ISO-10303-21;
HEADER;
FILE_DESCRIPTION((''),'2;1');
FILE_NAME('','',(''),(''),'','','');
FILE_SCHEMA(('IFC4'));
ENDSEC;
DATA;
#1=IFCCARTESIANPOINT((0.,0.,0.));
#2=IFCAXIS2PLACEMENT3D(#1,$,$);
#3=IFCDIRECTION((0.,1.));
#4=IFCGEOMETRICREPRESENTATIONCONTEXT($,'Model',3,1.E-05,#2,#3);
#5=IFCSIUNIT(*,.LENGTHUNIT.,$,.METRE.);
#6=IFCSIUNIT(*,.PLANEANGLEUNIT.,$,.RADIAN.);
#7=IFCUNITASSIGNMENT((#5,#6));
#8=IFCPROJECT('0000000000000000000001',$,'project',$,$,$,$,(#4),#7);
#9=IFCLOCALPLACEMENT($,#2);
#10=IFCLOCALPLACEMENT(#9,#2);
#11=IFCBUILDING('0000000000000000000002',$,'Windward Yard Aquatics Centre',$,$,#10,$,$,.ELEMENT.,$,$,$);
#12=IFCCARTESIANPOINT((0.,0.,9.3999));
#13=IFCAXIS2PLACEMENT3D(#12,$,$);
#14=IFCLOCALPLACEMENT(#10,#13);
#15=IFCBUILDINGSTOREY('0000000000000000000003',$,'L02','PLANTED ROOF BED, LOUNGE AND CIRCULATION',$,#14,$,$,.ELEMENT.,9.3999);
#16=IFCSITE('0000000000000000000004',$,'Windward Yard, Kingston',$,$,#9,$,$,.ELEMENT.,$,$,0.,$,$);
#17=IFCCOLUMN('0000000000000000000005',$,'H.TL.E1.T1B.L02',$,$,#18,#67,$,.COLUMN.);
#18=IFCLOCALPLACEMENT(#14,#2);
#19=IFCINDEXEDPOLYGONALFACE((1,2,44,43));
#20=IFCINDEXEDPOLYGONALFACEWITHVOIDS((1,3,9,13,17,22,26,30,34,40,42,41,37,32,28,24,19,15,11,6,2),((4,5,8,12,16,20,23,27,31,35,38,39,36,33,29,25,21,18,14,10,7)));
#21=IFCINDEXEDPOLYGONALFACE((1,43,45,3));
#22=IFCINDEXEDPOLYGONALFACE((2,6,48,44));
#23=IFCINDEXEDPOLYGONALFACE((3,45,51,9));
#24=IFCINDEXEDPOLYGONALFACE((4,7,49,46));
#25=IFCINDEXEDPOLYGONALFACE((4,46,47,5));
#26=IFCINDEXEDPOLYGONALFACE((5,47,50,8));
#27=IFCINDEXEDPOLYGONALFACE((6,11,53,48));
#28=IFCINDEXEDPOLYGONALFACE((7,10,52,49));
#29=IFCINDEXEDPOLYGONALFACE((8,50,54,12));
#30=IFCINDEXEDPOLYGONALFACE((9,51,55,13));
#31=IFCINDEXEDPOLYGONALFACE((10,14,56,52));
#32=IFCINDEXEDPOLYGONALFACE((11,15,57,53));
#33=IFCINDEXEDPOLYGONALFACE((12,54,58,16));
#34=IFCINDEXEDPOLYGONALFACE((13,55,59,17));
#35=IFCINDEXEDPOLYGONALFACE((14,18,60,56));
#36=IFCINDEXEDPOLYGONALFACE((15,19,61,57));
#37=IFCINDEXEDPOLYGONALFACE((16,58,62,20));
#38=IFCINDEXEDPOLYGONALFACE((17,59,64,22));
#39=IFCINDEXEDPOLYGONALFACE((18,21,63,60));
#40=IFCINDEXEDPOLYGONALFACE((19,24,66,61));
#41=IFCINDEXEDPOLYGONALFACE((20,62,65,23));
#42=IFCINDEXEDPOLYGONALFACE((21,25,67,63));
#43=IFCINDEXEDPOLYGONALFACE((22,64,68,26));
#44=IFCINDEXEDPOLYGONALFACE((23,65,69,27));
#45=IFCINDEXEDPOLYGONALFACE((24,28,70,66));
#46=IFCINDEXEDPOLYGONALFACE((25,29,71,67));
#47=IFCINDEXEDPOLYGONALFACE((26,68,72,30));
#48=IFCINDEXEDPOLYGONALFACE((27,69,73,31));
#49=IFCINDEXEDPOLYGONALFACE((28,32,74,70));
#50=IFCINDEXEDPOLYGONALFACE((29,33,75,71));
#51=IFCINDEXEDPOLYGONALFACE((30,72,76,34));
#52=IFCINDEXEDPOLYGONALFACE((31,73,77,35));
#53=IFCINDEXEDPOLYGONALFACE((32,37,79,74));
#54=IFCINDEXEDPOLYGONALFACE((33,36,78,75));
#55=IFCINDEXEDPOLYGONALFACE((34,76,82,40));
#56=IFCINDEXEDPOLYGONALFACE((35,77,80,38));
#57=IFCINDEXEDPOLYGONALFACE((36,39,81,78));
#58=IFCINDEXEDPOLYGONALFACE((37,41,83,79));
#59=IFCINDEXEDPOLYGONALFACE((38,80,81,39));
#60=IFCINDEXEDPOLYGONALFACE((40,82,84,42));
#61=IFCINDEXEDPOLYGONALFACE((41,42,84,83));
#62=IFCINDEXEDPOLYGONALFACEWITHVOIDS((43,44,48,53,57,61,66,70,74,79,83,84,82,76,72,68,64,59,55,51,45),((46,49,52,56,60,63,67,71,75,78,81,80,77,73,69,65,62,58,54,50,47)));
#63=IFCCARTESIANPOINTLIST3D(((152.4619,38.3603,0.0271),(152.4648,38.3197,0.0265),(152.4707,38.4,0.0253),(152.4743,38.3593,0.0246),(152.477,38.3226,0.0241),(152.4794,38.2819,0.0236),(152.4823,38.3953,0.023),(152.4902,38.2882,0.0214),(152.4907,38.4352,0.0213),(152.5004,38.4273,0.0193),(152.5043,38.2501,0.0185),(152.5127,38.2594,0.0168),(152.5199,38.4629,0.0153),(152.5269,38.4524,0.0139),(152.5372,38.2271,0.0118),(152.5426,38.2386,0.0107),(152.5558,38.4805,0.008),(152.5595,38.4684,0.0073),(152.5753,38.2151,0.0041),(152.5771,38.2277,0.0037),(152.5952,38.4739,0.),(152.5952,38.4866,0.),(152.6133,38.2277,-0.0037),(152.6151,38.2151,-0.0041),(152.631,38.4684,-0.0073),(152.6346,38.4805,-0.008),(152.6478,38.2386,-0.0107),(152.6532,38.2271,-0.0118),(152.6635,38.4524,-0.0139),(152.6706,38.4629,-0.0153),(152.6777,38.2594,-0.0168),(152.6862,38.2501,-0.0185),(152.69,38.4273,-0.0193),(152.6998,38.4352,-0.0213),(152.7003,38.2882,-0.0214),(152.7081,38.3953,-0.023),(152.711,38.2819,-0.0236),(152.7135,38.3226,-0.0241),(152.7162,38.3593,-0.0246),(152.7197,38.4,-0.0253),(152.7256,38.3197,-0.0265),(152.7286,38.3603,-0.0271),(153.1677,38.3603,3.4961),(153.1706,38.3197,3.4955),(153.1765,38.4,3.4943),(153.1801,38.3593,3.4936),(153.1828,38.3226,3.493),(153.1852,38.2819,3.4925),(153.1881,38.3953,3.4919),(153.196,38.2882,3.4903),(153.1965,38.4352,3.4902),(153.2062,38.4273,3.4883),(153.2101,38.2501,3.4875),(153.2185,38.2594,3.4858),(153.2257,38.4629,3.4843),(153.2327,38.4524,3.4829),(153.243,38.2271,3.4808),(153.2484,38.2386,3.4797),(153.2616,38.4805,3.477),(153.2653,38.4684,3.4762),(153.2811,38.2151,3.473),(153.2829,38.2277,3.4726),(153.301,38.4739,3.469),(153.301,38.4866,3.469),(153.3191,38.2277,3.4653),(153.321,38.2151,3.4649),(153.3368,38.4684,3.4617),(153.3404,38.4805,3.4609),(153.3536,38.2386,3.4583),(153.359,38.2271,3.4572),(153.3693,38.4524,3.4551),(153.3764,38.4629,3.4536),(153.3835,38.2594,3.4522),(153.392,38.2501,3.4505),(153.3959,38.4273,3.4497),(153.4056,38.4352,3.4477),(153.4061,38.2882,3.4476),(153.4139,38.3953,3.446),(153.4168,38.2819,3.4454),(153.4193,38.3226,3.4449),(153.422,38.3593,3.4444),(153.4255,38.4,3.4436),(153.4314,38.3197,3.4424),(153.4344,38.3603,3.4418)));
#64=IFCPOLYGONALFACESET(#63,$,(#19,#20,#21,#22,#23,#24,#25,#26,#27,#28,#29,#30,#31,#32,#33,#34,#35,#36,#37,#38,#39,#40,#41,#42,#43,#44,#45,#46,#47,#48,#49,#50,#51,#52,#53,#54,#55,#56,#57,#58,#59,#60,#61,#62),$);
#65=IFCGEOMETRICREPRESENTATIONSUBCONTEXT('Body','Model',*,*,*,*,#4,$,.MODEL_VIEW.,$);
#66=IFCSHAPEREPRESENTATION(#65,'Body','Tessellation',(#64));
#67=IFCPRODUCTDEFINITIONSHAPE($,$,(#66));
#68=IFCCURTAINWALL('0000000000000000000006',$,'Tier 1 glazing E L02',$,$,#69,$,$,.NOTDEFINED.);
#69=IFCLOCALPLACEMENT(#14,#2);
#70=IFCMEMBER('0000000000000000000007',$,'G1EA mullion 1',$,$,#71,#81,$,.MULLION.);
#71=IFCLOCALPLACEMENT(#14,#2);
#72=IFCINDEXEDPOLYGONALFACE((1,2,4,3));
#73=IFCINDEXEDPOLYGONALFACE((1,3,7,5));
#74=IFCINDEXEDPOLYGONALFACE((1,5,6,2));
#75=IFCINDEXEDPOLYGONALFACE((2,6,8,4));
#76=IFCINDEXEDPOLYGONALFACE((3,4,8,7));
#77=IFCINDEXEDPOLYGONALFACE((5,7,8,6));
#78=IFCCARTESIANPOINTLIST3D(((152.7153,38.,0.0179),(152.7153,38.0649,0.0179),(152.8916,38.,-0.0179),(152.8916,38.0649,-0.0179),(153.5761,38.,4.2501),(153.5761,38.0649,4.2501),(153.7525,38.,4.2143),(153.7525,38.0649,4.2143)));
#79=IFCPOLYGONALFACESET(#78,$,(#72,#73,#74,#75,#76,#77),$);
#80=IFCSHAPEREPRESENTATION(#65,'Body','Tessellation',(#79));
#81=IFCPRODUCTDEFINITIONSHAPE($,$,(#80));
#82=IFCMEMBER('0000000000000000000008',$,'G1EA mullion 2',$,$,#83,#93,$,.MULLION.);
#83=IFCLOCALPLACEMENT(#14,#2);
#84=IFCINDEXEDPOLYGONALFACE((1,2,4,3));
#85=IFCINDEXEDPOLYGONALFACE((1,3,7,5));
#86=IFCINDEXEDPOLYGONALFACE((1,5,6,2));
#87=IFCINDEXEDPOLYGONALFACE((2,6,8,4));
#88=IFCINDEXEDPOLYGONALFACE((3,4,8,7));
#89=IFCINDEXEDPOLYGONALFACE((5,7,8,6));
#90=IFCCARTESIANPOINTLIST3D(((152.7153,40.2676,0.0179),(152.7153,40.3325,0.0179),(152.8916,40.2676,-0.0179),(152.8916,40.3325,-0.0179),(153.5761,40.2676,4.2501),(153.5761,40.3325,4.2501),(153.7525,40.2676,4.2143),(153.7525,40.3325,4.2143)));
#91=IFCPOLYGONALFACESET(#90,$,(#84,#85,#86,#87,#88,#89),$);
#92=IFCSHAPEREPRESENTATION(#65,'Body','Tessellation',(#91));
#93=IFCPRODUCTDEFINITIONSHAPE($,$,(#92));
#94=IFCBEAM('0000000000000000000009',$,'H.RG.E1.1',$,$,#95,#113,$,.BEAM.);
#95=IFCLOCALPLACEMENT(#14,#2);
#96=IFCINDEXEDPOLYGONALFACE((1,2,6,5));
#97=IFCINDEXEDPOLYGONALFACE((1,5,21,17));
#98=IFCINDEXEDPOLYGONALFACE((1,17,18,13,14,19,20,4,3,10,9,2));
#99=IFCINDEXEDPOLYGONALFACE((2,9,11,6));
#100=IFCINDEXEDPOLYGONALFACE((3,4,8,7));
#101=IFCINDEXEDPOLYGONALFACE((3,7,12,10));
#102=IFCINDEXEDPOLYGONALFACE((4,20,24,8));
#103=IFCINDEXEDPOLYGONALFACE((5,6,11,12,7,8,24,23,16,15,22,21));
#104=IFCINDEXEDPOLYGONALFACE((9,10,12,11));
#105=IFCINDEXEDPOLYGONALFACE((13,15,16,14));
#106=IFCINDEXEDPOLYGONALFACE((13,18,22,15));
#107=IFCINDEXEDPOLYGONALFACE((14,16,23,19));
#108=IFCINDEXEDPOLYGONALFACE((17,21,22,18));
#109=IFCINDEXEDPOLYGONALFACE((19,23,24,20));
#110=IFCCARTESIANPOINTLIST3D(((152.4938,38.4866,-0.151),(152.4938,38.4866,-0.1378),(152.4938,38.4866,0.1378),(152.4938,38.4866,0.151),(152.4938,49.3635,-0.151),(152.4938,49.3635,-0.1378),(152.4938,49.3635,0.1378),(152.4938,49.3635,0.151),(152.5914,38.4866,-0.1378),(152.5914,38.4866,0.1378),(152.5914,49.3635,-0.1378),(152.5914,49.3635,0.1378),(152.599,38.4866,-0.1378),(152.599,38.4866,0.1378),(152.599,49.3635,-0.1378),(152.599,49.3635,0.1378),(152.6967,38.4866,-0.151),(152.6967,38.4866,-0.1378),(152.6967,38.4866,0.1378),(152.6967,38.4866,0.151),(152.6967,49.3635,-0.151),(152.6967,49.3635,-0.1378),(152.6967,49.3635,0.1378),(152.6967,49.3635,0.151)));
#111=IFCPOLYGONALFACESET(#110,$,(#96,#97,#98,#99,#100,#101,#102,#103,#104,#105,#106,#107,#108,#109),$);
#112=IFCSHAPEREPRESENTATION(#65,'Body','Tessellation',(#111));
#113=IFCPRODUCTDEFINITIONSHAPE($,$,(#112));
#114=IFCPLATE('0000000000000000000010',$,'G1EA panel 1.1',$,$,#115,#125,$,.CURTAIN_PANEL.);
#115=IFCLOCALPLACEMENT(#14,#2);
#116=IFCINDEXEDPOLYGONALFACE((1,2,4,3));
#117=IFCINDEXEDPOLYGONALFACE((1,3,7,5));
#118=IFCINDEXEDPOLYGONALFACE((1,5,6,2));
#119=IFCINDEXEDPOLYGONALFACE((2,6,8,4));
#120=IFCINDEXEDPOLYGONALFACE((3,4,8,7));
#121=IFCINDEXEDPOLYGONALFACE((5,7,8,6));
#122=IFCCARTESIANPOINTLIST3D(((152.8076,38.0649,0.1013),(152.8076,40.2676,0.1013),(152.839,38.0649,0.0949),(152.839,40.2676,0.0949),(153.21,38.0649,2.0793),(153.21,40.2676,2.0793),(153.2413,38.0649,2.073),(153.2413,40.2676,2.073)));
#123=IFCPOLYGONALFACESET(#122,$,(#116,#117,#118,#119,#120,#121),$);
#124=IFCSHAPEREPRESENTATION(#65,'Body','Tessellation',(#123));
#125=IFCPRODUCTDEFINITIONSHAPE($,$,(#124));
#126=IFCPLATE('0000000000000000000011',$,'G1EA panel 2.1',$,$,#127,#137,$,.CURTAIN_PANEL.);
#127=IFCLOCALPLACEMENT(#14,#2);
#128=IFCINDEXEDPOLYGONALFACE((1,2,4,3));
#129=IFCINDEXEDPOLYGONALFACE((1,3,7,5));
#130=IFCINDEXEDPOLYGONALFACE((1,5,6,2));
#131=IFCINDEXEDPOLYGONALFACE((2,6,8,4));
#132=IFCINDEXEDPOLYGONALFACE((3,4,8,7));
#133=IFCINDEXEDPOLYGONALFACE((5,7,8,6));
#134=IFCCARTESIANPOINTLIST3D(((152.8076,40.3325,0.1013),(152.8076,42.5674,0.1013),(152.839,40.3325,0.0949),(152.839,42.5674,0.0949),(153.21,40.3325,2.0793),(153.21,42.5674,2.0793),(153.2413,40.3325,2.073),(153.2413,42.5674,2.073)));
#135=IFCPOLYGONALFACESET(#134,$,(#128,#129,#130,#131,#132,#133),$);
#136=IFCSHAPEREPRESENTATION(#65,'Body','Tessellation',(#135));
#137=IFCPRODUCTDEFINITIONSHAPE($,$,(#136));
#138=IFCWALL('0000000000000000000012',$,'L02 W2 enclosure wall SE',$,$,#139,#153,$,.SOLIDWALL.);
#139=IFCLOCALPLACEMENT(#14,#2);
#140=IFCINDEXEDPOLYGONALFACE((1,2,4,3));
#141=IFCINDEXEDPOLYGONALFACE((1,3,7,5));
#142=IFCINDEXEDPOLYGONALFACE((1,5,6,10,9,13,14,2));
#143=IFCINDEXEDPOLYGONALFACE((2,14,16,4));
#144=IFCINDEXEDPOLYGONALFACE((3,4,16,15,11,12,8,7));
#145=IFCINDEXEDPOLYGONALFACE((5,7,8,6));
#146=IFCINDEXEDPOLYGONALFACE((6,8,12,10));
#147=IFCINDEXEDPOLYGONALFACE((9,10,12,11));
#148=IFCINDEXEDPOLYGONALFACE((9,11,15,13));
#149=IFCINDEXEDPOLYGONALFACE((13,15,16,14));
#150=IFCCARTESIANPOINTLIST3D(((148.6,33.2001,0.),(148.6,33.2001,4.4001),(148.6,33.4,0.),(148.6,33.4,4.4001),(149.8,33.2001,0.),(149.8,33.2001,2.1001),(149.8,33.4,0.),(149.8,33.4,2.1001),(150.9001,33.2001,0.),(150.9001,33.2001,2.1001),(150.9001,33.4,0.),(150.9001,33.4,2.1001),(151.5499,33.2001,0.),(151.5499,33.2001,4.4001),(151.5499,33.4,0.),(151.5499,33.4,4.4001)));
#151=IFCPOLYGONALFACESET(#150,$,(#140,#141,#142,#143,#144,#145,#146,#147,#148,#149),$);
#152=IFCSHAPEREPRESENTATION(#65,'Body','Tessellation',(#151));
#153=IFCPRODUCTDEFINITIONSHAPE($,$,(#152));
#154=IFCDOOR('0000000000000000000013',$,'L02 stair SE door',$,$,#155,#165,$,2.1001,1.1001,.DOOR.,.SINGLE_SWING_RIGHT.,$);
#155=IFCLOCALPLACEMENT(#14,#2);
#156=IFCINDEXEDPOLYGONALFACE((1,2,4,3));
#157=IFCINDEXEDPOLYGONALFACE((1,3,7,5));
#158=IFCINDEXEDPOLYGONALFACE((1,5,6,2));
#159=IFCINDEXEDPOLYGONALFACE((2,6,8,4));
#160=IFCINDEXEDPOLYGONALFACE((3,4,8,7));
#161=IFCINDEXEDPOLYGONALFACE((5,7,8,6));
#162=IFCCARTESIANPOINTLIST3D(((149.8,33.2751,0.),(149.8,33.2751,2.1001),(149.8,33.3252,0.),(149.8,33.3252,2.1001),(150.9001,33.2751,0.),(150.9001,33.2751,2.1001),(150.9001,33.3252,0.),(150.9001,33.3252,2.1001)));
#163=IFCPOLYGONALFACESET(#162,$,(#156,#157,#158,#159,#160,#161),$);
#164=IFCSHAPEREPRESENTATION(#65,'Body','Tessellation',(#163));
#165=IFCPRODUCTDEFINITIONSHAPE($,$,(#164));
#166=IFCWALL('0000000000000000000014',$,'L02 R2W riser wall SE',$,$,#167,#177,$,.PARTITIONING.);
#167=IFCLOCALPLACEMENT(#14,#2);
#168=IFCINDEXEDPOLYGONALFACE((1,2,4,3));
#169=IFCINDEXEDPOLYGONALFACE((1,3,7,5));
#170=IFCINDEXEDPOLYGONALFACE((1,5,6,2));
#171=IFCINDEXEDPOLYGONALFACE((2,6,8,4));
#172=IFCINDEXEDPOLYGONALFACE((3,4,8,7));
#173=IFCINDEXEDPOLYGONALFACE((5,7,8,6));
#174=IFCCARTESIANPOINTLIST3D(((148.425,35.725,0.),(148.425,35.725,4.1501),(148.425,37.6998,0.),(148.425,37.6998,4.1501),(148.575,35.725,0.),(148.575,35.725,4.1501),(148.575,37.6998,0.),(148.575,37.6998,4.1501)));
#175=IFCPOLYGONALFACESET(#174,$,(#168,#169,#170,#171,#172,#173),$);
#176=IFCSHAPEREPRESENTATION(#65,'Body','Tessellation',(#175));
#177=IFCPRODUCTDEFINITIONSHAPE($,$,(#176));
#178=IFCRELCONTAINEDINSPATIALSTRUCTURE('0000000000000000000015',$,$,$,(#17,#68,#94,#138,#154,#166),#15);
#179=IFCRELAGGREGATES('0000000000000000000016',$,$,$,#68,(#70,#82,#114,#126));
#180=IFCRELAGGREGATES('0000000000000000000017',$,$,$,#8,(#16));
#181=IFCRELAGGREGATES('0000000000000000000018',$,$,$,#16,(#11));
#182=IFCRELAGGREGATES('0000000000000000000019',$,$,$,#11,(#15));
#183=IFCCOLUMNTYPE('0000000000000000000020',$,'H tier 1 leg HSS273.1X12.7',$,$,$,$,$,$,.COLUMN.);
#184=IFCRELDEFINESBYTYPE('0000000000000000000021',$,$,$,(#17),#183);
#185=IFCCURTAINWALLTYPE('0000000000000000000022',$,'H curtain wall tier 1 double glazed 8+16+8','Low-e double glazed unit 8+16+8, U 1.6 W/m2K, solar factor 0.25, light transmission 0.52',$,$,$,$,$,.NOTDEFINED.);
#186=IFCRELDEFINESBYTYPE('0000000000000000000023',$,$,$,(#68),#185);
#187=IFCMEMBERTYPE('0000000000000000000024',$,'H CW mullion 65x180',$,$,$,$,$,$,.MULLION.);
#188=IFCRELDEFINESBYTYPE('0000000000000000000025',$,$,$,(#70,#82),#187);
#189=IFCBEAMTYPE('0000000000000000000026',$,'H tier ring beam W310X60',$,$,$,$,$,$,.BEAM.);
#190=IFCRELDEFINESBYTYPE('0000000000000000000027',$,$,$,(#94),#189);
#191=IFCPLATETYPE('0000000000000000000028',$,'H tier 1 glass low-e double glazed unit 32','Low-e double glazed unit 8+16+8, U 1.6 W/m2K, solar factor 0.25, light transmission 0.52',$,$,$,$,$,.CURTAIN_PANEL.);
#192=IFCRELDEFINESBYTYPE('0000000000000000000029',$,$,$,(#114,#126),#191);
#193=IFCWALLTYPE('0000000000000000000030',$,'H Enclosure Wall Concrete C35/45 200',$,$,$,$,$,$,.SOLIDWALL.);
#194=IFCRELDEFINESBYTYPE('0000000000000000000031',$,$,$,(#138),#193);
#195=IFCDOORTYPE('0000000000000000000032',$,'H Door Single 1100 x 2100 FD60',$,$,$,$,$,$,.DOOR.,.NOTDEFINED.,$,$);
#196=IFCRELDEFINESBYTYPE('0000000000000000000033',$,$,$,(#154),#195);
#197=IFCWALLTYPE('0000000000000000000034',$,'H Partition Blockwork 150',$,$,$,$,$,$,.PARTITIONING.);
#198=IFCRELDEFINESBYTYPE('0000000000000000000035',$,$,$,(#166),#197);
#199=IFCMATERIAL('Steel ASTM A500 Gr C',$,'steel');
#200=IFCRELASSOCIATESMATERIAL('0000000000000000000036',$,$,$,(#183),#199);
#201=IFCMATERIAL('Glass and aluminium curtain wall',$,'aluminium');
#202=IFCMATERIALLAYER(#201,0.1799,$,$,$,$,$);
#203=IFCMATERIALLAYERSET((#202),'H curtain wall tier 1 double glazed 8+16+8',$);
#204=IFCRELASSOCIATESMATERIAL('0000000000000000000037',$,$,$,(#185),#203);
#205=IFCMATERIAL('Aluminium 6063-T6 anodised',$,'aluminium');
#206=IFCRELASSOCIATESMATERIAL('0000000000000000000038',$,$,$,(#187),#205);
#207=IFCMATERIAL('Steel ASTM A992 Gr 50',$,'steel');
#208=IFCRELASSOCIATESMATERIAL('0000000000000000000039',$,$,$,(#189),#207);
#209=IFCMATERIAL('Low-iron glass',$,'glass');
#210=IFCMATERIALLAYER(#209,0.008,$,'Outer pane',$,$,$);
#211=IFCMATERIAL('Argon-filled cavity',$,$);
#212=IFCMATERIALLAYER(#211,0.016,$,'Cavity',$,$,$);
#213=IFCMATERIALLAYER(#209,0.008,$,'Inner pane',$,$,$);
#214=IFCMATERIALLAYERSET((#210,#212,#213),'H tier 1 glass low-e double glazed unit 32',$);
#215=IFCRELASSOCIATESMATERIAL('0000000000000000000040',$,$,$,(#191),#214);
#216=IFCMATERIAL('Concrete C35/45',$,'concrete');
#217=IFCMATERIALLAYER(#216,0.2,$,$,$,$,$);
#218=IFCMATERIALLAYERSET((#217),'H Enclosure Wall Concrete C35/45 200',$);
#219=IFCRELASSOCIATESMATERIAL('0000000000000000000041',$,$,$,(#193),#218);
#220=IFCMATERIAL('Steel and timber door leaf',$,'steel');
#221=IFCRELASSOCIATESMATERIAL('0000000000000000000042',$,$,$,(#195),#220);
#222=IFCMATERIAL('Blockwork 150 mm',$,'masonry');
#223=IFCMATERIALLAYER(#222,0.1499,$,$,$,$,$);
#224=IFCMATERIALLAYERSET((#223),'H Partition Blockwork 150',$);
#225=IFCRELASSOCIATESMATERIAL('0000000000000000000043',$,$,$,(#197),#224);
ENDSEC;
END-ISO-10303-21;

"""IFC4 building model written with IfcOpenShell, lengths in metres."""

from ifc_helpers import new_model, si_unit, direction, frame, frame_2d, origin, origin_2d, place, context, subcontext, project, spatial, polyline, rectangle, hollow_circle, i_section, outline, extrude, material, layer, layer_set, material_profile, profile_set, type_object, element, fill, aggregate, save


model = new_model("IFC4")

# Units and contexts
model_context = context("Model", 3, precision=1e-05, world=origin(), true_north=direction((0.0, 1.0)))
body_context = subcontext(model_context, "Body", "Model", "MODEL_VIEW")
ifc_project = project(units=[si_unit("LENGTHUNIT", "METRE"), si_unit("PLANEANGLEUNIT", "RADIAN")], contexts=[model_context])

# Site, building, storey
site_placement = place(None, origin())
site = spatial("IfcSite", under=ifc_project, at=site_placement, Name="Windward Yard, Kingston", CompositionType="ELEMENT", RefElevation=0.0)
building_placement = place(site_placement, origin())
building = spatial("IfcBuilding", under=site, at=building_placement, Name="Windward Yard Aquatics Centre", CompositionType="ELEMENT")
storey_placement = place(building_placement, frame((0.0, 0.0, 9.3999)))
storey = spatial("IfcBuildingStorey", under=building, at=storey_placement, Name="L02", Description="PLANTED ROOF BED, LOUNGE AND CIRCULATION", CompositionType="ELEMENT", Elevation=9.3999)

# Column
ifc_material_1 = material(Name="Steel ASTM A500 Gr C", Category="steel")
ifc_material_profile_1 = material_profile(ifc_material_1, hollow_circle(Radius=0.1365, WallThickness=0.0127, at=origin_2d()), Name="HSS273.1X12.7")
ifc_profile_set_1 = profile_set([ifc_material_profile_1], Name="Steel ASTM A500 Gr C")
column_type = type_object("IfcColumnType", Name="H tier 1 leg HSS273.1X12.7", PredefinedType="COLUMN", material=ifc_profile_set_1)
column_placement = place(storey_placement, frame((152.5952, 38.3501, 0.0), z_axis=(0.199378, 0.0, 0.979923), x_axis=(0.0, 1.0, 0.0)))
element("IfcColumn", 1, at=column_placement, inside=storey, type_object=column_type, Name="H.TL.E1.T1B.L02", PredefinedType="COLUMN", context=body_context, shape_type="SweptSolid", body=[
    extrude(hollow_circle(Radius=0.1365, WallThickness=0.0127, at=origin_2d()), origin(), (0.0, 0.0, 1.0), 3.54),
])

# Curtain wall, members
ifc_material_2 = material(Name="Glass and aluminium curtain wall", Category="aluminium")
ifc_layer_1 = layer(ifc_material_2, 0.1799)
ifc_layer_set_1 = layer_set([ifc_layer_1], Name="H curtain wall tier 1 double glazed 8+16+8")
curtain_wall_type = type_object("IfcCurtainWallType", Name="H curtain wall tier 1 double glazed 8+16+8", Description="Low-e double glazed unit 8+16+8, U 1.6 W/m2K, solar factor 0.25, light transmission 0.52", PredefinedType="NOTDEFINED", material=ifc_layer_set_1)
curtain_wall_placement = place(storey_placement, origin())
curtain_wall = element("IfcCurtainWall", 2, at=curtain_wall_placement, inside=storey, type_object=curtain_wall_type, Name="Tier 1 glazing E L02", PredefinedType="NOTDEFINED")
ifc_material_3 = material(Name="Aluminium 6063-T6 anodised", Category="aluminium")
ifc_material_profile_2 = material_profile(ifc_material_3, rectangle(XDim=0.0649, YDim=0.1799, at=origin_2d()), Name="H CW mullion 65x180")
ifc_profile_set_2 = profile_set([ifc_material_profile_2], Name="Aluminium 6063-T6 anodised")
member_type = type_object("IfcMemberType", Name="H CW mullion 65x180", PredefinedType="MULLION", material=ifc_profile_set_2)
member_1_placement = place(storey_placement, frame((152.8035, 38.0325, 0.0), z_axis=(0.199322, 0.0, 0.979934), x_axis=(0.0, 1.0, 0.0)))
member_1 = element("IfcMember", 3, at=member_1_placement, type_object=member_type, Name="G1EA mullion 1", PredefinedType="MULLION", context=body_context, shape_type="SweptSolid", body=[
    extrude(rectangle(XDim=0.0649, YDim=0.1799, at=origin_2d()), origin(), (0.0, 0.0, 1.0), 4.3188),
])
member_2_placement = place(storey_placement, frame((152.8035, 40.3, 0.0), z_axis=(0.199322, 0.0, 0.979934), x_axis=(0.0, 1.0, 0.0)))
member_2 = element("IfcMember", 4, at=member_2_placement, type_object=member_type, Name="G1EA mullion 2", PredefinedType="MULLION", context=body_context, shape_type="SweptSolid", body=[
    extrude(rectangle(XDim=0.0649, YDim=0.1799, at=origin_2d()), origin(), (0.0, 0.0, 1.0), 4.3188),
])

# Beam
ifc_material_4 = material(Name="Steel ASTM A992 Gr 50", Category="steel")
ifc_material_profile_3 = material_profile(ifc_material_4, i_section(OverallWidth=0.2029, OverallDepth=0.302, WebThickness=0.0076, FlangeThickness=0.0132, at=origin_2d()), Name="W310X60")
ifc_profile_set_3 = profile_set([ifc_material_profile_3], Name="Steel ASTM A992 Gr 50")
beam_type = type_object("IfcBeamType", Name="H tier ring beam W310X60", PredefinedType="BEAM", material=ifc_profile_set_3)
beam_placement = place(storey_placement, frame((152.5952, 38.4866, 0.0), z_axis=(0.0, 1.0, 0.0), x_axis=(-1.0, 0.0, 0.0)))
element("IfcBeam", 5, at=beam_placement, inside=storey, type_object=beam_type, Name="H.RG.E1.1", PredefinedType="BEAM", context=body_context, shape_type="SweptSolid", body=[
    extrude(i_section(OverallWidth=0.2029, OverallDepth=0.302, WebThickness=0.0076, FlangeThickness=0.0132, at=origin_2d()), origin(), (0.0, 0.0, 1.0), 10.877),
])

# Plates
ifc_material_5 = material(Name="Low-iron glass", Category="glass")
ifc_layer_2 = layer(ifc_material_5, 0.008, Name="Outer pane")
ifc_material_6 = material(Name="Argon-filled cavity")
ifc_layer_3 = layer(ifc_material_6, 0.016, Name="Cavity")
ifc_layer_4 = layer(ifc_material_5, 0.008, Name="Inner pane")
ifc_layer_set_2 = layer_set([ifc_layer_2, ifc_layer_3, ifc_layer_4], Name="H tier 1 glass low-e double glazed unit 32")
plate_type = type_object("IfcPlateType", Name="H tier 1 glass low-e double glazed unit 32", Description="Low-e double glazed unit 8+16+8, U 1.6 W/m2K, solar factor 0.25, light transmission 0.52", PredefinedType="CURTAIN_PANEL", material=ifc_layer_set_2)
plate_1_placement = place(storey_placement, frame((152.8076, 38.0649, 0.1013), z_axis=(-0.979933, 0.0, 0.199325), x_axis=(0.0, 1.0, 0.0)))
plate_1 = element("IfcPlate", 6, at=plate_1_placement, type_object=plate_type, Name="G1EA panel 1.1", PredefinedType="CURTAIN_PANEL", context=body_context, shape_type="SweptSolid", body=[
    extrude(outline(polyline([(0.0, 0.0), (2.2026, 0.0), (2.2026, -2.0185), (0.0, -2.0185), (0.0, 0.0)])), origin(), (0.0, 0.0, -1.0), 0.032),
])
plate_2_placement = place(storey_placement, frame((152.8076, 40.3325, 0.1013), z_axis=(-0.979933, 0.0, 0.199325), x_axis=(0.0, 1.0, 0.0)))
plate_2 = element("IfcPlate", 7, at=plate_2_placement, type_object=plate_type, Name="G1EA panel 2.1", PredefinedType="CURTAIN_PANEL", context=body_context, shape_type="SweptSolid", body=[
    extrude(outline(polyline([(0.0, 0.0), (2.2349, 0.0), (2.2349, -2.0185), (0.0, -2.0185), (0.0, 0.0)])), origin(), (0.0, 0.0, -1.0), 0.032),
])
aggregate(curtain_wall, [member_1, member_2, plate_1, plate_2])

# Wall, opening, door
ifc_material_7 = material(Name="Concrete C35/45", Category="concrete")
ifc_layer_5 = layer(ifc_material_7, 0.2)
ifc_layer_set_3 = layer_set([ifc_layer_5], Name="H Enclosure Wall Concrete C35/45 200")
wall_type_1 = type_object("IfcWallType", Name="H Enclosure Wall Concrete C35/45 200", PredefinedType="SOLIDWALL", material=ifc_layer_set_3)
wall_1_placement = place(storey_placement, frame((151.55, 33.3, 0.0), z_axis=(0.0, 0.0, 1.0), x_axis=(-1.0, 0.0, 0.0)))
wall_1 = element("IfcWall", 8, at=wall_1_placement, inside=storey, type_object=wall_type_1, Name="L02 W2 enclosure wall SE", PredefinedType="SOLIDWALL", context=body_context, shape_type="SweptSolid", body=[
    extrude(rectangle(XDim=2.95, YDim=0.2, at=frame_2d((1.4751, 0.0))), origin(), (0.0, 0.0, 1.0), 4.4001),
])
opening_placement = place(wall_1_placement, frame((0.6499, 0.0, 0.0)))
opening = element("IfcOpeningElement", 9, at=opening_placement, cuts=wall_1, PredefinedType="OPENING", context=body_context, shape_type="SweptSolid", body=[
    extrude(rectangle(XDim=1.1001, YDim=2.1001, at=frame_2d((0.55, 1.05))), frame((0.0, 0.1099, 0.0), z_axis=(0.0, -1.0, 0.0), x_axis=(1.0, 0.0, 0.0)), (0.0, 0.0, 1.0), 0.22),
])
ifc_material_8 = material(Name="Steel and timber door leaf", Category="steel")
door_type = type_object("IfcDoorType", Name="H Door Single 1100 x 2100 FD60", OperationType="NOTDEFINED", PredefinedType="DOOR", material=ifc_material_8)
door_placement = place(opening_placement, origin())
door = element("IfcDoor", 10, at=door_placement, inside=storey, type_object=door_type, Name="L02 stair SE door", OperationType="SINGLE_SWING_RIGHT", OverallHeight=2.1001, OverallWidth=1.1001, PredefinedType="DOOR", context=body_context, shape_type="SweptSolid", body=[
    extrude(rectangle(XDim=1.1001, YDim=2.1001, at=frame_2d((0.55, 1.05))), frame((0.0, 0.0249, 0.0), z_axis=(0.0, -1.0, 0.0), x_axis=(1.0, 0.0, 0.0)), (0.0, 0.0, 1.0), 0.05),
])
fill(opening, door)

# Wall
ifc_material_9 = material(Name="Blockwork 150 mm", Category="masonry")
ifc_layer_6 = layer(ifc_material_9, 0.1499)
ifc_layer_set_4 = layer_set([ifc_layer_6], Name="H Partition Blockwork 150")
wall_type_2 = type_object("IfcWallType", Name="H Partition Blockwork 150", PredefinedType="PARTITIONING", material=ifc_layer_set_4)
wall_2_placement = place(storey_placement, frame((148.5, 35.7251, 0.0), z_axis=(0.0, 0.0, 1.0), x_axis=(0.0, 1.0, 0.0)))
element("IfcWall", 11, at=wall_2_placement, inside=storey, type_object=wall_type_2, Name="L02 R2W riser wall SE", PredefinedType="PARTITIONING", context=body_context, shape_type="SweptSolid", body=[
    extrude(rectangle(XDim=1.9749, YDim=0.1499, at=frame_2d((0.9873, 0.0))), origin(), (0.0, 0.0, 1.0), 4.1501),
])

save(model, "model.ifc")
